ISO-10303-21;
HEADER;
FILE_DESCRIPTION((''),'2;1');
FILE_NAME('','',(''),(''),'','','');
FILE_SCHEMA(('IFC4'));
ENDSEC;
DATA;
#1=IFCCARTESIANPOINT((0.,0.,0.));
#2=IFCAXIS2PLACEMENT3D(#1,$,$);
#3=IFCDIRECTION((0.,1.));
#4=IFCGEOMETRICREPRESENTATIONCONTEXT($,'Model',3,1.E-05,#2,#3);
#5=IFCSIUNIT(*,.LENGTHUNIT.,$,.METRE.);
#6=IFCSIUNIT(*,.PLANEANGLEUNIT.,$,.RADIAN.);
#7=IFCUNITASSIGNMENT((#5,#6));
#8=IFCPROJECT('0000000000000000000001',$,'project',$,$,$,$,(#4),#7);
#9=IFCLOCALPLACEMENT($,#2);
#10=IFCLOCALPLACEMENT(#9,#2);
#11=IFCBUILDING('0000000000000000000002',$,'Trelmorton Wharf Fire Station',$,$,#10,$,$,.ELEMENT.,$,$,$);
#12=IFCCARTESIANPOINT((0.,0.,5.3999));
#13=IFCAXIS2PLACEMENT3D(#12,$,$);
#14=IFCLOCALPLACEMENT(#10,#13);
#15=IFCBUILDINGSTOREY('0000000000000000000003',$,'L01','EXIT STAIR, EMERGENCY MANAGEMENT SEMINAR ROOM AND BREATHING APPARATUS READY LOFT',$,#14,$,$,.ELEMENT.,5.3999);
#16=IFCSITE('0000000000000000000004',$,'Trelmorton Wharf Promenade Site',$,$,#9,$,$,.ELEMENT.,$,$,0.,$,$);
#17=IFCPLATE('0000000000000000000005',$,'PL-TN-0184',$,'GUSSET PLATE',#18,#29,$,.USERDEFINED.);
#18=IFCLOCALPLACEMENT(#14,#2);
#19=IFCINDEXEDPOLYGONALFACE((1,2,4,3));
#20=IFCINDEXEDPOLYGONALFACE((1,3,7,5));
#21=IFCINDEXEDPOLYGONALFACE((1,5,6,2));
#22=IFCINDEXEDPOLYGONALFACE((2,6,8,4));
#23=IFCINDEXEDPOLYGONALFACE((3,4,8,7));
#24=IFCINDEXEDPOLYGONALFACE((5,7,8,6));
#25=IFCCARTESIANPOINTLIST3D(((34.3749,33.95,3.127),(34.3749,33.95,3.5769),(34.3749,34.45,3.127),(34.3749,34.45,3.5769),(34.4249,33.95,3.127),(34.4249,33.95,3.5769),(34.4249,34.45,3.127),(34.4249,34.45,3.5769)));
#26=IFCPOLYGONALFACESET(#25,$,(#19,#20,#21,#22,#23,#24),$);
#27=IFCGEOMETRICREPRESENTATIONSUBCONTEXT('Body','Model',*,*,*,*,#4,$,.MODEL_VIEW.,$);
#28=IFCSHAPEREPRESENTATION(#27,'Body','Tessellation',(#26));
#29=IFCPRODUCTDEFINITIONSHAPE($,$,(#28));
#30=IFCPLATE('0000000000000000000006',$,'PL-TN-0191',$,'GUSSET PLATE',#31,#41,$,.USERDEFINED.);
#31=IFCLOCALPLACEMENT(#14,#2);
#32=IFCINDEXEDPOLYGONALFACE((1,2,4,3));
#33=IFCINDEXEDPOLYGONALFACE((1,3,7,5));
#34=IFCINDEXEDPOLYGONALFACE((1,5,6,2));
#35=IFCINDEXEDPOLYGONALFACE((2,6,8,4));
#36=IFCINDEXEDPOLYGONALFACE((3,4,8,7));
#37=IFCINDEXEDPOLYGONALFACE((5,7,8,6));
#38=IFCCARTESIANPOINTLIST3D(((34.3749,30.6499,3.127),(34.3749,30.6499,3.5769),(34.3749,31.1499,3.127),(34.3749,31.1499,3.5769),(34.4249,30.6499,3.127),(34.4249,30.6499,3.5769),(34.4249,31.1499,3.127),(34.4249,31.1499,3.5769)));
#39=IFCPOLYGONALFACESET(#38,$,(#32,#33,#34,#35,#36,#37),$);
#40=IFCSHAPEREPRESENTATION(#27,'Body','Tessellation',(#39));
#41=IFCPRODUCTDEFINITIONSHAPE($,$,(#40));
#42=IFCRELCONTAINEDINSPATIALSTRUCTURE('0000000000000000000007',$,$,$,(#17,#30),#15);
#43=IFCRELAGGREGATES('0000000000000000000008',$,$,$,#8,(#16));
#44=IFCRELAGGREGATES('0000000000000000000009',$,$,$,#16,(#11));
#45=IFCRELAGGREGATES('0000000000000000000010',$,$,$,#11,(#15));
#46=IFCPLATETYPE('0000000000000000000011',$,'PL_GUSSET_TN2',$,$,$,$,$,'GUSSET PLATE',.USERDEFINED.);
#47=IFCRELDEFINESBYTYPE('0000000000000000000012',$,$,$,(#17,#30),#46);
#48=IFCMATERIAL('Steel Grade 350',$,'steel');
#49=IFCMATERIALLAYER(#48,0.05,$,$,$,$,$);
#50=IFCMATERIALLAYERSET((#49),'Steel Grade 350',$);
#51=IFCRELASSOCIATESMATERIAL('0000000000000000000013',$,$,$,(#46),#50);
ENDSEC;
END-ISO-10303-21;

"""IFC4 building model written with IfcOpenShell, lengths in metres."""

from ifc_helpers import new_model, si_unit, direction, frame, origin, origin_2d, place, context, subcontext, project, spatial, rectangle, extrude, material, layer, layer_set, type_object, element, save


model = new_model("IFC4")

# Units and contexts
model_context = context("Model", 3, precision=1e-05, world=origin(), true_north=direction((0.0, 1.0)))
body_context = subcontext(model_context, "Body", "Model", "MODEL_VIEW")
ifc_project = project(units=[si_unit("LENGTHUNIT", "METRE"), si_unit("PLANEANGLEUNIT", "RADIAN")], contexts=[model_context])

# Site, building, storey
site_placement = place(None, origin())
site = spatial("IfcSite", under=ifc_project, at=site_placement, Name="Trelmorton Wharf Promenade Site", CompositionType="ELEMENT", RefElevation=0.0)
building_placement = place(site_placement, origin())
building = spatial("IfcBuilding", under=site, at=building_placement, Name="Trelmorton Wharf Fire Station", CompositionType="ELEMENT")
storey_placement = place(building_placement, frame((0.0, 0.0, 5.3999)))
storey = spatial("IfcBuildingStorey", under=building, at=storey_placement, Name="L01", Description="EXIT STAIR, EMERGENCY MANAGEMENT SEMINAR ROOM AND BREATHING APPARATUS READY LOFT", CompositionType="ELEMENT", Elevation=5.3999)

# Shared definitions
ifc_material_1 = material(Name="Steel Grade 350", Category="steel")

# Plates
ifc_layer_1 = layer(ifc_material_1, 0.05)
ifc_layer_set_1 = layer_set([ifc_layer_1], Name="Steel Grade 350")
plate_type_1 = type_object("IfcPlateType", Name="PL_GUSSET_TN2", ElementType="GUSSET PLATE", PredefinedType="USERDEFINED", material=ifc_layer_set_1)
for number, where, z_axis, x_axis, name in (
    (1, (34.3999, 34.2, 3.127), (0.0, 0.0, 1.0), (1.0, 0.0, 0.0), "PL-TN-0184"),
    (2, (34.3999, 30.8999, 3.127), (0.0, 0.0, 1.0), (1.0, 0.0, 0.0), "PL-TN-0191"),
):
    element("IfcPlate", number, at=place(storey_placement, frame(where, z_axis=z_axis, x_axis=x_axis)), inside=storey, type_object=plate_type_1, Name=name, ObjectType="GUSSET PLATE", PredefinedType="USERDEFINED", context=body_context, shape_type="SweptSolid", body=[
        extrude(rectangle(XDim=0.05, YDim=0.5, at=origin_2d()), origin(), (0.0, 0.0, 1.0), 0.45),
    ])

save(model, "model.ifc")
